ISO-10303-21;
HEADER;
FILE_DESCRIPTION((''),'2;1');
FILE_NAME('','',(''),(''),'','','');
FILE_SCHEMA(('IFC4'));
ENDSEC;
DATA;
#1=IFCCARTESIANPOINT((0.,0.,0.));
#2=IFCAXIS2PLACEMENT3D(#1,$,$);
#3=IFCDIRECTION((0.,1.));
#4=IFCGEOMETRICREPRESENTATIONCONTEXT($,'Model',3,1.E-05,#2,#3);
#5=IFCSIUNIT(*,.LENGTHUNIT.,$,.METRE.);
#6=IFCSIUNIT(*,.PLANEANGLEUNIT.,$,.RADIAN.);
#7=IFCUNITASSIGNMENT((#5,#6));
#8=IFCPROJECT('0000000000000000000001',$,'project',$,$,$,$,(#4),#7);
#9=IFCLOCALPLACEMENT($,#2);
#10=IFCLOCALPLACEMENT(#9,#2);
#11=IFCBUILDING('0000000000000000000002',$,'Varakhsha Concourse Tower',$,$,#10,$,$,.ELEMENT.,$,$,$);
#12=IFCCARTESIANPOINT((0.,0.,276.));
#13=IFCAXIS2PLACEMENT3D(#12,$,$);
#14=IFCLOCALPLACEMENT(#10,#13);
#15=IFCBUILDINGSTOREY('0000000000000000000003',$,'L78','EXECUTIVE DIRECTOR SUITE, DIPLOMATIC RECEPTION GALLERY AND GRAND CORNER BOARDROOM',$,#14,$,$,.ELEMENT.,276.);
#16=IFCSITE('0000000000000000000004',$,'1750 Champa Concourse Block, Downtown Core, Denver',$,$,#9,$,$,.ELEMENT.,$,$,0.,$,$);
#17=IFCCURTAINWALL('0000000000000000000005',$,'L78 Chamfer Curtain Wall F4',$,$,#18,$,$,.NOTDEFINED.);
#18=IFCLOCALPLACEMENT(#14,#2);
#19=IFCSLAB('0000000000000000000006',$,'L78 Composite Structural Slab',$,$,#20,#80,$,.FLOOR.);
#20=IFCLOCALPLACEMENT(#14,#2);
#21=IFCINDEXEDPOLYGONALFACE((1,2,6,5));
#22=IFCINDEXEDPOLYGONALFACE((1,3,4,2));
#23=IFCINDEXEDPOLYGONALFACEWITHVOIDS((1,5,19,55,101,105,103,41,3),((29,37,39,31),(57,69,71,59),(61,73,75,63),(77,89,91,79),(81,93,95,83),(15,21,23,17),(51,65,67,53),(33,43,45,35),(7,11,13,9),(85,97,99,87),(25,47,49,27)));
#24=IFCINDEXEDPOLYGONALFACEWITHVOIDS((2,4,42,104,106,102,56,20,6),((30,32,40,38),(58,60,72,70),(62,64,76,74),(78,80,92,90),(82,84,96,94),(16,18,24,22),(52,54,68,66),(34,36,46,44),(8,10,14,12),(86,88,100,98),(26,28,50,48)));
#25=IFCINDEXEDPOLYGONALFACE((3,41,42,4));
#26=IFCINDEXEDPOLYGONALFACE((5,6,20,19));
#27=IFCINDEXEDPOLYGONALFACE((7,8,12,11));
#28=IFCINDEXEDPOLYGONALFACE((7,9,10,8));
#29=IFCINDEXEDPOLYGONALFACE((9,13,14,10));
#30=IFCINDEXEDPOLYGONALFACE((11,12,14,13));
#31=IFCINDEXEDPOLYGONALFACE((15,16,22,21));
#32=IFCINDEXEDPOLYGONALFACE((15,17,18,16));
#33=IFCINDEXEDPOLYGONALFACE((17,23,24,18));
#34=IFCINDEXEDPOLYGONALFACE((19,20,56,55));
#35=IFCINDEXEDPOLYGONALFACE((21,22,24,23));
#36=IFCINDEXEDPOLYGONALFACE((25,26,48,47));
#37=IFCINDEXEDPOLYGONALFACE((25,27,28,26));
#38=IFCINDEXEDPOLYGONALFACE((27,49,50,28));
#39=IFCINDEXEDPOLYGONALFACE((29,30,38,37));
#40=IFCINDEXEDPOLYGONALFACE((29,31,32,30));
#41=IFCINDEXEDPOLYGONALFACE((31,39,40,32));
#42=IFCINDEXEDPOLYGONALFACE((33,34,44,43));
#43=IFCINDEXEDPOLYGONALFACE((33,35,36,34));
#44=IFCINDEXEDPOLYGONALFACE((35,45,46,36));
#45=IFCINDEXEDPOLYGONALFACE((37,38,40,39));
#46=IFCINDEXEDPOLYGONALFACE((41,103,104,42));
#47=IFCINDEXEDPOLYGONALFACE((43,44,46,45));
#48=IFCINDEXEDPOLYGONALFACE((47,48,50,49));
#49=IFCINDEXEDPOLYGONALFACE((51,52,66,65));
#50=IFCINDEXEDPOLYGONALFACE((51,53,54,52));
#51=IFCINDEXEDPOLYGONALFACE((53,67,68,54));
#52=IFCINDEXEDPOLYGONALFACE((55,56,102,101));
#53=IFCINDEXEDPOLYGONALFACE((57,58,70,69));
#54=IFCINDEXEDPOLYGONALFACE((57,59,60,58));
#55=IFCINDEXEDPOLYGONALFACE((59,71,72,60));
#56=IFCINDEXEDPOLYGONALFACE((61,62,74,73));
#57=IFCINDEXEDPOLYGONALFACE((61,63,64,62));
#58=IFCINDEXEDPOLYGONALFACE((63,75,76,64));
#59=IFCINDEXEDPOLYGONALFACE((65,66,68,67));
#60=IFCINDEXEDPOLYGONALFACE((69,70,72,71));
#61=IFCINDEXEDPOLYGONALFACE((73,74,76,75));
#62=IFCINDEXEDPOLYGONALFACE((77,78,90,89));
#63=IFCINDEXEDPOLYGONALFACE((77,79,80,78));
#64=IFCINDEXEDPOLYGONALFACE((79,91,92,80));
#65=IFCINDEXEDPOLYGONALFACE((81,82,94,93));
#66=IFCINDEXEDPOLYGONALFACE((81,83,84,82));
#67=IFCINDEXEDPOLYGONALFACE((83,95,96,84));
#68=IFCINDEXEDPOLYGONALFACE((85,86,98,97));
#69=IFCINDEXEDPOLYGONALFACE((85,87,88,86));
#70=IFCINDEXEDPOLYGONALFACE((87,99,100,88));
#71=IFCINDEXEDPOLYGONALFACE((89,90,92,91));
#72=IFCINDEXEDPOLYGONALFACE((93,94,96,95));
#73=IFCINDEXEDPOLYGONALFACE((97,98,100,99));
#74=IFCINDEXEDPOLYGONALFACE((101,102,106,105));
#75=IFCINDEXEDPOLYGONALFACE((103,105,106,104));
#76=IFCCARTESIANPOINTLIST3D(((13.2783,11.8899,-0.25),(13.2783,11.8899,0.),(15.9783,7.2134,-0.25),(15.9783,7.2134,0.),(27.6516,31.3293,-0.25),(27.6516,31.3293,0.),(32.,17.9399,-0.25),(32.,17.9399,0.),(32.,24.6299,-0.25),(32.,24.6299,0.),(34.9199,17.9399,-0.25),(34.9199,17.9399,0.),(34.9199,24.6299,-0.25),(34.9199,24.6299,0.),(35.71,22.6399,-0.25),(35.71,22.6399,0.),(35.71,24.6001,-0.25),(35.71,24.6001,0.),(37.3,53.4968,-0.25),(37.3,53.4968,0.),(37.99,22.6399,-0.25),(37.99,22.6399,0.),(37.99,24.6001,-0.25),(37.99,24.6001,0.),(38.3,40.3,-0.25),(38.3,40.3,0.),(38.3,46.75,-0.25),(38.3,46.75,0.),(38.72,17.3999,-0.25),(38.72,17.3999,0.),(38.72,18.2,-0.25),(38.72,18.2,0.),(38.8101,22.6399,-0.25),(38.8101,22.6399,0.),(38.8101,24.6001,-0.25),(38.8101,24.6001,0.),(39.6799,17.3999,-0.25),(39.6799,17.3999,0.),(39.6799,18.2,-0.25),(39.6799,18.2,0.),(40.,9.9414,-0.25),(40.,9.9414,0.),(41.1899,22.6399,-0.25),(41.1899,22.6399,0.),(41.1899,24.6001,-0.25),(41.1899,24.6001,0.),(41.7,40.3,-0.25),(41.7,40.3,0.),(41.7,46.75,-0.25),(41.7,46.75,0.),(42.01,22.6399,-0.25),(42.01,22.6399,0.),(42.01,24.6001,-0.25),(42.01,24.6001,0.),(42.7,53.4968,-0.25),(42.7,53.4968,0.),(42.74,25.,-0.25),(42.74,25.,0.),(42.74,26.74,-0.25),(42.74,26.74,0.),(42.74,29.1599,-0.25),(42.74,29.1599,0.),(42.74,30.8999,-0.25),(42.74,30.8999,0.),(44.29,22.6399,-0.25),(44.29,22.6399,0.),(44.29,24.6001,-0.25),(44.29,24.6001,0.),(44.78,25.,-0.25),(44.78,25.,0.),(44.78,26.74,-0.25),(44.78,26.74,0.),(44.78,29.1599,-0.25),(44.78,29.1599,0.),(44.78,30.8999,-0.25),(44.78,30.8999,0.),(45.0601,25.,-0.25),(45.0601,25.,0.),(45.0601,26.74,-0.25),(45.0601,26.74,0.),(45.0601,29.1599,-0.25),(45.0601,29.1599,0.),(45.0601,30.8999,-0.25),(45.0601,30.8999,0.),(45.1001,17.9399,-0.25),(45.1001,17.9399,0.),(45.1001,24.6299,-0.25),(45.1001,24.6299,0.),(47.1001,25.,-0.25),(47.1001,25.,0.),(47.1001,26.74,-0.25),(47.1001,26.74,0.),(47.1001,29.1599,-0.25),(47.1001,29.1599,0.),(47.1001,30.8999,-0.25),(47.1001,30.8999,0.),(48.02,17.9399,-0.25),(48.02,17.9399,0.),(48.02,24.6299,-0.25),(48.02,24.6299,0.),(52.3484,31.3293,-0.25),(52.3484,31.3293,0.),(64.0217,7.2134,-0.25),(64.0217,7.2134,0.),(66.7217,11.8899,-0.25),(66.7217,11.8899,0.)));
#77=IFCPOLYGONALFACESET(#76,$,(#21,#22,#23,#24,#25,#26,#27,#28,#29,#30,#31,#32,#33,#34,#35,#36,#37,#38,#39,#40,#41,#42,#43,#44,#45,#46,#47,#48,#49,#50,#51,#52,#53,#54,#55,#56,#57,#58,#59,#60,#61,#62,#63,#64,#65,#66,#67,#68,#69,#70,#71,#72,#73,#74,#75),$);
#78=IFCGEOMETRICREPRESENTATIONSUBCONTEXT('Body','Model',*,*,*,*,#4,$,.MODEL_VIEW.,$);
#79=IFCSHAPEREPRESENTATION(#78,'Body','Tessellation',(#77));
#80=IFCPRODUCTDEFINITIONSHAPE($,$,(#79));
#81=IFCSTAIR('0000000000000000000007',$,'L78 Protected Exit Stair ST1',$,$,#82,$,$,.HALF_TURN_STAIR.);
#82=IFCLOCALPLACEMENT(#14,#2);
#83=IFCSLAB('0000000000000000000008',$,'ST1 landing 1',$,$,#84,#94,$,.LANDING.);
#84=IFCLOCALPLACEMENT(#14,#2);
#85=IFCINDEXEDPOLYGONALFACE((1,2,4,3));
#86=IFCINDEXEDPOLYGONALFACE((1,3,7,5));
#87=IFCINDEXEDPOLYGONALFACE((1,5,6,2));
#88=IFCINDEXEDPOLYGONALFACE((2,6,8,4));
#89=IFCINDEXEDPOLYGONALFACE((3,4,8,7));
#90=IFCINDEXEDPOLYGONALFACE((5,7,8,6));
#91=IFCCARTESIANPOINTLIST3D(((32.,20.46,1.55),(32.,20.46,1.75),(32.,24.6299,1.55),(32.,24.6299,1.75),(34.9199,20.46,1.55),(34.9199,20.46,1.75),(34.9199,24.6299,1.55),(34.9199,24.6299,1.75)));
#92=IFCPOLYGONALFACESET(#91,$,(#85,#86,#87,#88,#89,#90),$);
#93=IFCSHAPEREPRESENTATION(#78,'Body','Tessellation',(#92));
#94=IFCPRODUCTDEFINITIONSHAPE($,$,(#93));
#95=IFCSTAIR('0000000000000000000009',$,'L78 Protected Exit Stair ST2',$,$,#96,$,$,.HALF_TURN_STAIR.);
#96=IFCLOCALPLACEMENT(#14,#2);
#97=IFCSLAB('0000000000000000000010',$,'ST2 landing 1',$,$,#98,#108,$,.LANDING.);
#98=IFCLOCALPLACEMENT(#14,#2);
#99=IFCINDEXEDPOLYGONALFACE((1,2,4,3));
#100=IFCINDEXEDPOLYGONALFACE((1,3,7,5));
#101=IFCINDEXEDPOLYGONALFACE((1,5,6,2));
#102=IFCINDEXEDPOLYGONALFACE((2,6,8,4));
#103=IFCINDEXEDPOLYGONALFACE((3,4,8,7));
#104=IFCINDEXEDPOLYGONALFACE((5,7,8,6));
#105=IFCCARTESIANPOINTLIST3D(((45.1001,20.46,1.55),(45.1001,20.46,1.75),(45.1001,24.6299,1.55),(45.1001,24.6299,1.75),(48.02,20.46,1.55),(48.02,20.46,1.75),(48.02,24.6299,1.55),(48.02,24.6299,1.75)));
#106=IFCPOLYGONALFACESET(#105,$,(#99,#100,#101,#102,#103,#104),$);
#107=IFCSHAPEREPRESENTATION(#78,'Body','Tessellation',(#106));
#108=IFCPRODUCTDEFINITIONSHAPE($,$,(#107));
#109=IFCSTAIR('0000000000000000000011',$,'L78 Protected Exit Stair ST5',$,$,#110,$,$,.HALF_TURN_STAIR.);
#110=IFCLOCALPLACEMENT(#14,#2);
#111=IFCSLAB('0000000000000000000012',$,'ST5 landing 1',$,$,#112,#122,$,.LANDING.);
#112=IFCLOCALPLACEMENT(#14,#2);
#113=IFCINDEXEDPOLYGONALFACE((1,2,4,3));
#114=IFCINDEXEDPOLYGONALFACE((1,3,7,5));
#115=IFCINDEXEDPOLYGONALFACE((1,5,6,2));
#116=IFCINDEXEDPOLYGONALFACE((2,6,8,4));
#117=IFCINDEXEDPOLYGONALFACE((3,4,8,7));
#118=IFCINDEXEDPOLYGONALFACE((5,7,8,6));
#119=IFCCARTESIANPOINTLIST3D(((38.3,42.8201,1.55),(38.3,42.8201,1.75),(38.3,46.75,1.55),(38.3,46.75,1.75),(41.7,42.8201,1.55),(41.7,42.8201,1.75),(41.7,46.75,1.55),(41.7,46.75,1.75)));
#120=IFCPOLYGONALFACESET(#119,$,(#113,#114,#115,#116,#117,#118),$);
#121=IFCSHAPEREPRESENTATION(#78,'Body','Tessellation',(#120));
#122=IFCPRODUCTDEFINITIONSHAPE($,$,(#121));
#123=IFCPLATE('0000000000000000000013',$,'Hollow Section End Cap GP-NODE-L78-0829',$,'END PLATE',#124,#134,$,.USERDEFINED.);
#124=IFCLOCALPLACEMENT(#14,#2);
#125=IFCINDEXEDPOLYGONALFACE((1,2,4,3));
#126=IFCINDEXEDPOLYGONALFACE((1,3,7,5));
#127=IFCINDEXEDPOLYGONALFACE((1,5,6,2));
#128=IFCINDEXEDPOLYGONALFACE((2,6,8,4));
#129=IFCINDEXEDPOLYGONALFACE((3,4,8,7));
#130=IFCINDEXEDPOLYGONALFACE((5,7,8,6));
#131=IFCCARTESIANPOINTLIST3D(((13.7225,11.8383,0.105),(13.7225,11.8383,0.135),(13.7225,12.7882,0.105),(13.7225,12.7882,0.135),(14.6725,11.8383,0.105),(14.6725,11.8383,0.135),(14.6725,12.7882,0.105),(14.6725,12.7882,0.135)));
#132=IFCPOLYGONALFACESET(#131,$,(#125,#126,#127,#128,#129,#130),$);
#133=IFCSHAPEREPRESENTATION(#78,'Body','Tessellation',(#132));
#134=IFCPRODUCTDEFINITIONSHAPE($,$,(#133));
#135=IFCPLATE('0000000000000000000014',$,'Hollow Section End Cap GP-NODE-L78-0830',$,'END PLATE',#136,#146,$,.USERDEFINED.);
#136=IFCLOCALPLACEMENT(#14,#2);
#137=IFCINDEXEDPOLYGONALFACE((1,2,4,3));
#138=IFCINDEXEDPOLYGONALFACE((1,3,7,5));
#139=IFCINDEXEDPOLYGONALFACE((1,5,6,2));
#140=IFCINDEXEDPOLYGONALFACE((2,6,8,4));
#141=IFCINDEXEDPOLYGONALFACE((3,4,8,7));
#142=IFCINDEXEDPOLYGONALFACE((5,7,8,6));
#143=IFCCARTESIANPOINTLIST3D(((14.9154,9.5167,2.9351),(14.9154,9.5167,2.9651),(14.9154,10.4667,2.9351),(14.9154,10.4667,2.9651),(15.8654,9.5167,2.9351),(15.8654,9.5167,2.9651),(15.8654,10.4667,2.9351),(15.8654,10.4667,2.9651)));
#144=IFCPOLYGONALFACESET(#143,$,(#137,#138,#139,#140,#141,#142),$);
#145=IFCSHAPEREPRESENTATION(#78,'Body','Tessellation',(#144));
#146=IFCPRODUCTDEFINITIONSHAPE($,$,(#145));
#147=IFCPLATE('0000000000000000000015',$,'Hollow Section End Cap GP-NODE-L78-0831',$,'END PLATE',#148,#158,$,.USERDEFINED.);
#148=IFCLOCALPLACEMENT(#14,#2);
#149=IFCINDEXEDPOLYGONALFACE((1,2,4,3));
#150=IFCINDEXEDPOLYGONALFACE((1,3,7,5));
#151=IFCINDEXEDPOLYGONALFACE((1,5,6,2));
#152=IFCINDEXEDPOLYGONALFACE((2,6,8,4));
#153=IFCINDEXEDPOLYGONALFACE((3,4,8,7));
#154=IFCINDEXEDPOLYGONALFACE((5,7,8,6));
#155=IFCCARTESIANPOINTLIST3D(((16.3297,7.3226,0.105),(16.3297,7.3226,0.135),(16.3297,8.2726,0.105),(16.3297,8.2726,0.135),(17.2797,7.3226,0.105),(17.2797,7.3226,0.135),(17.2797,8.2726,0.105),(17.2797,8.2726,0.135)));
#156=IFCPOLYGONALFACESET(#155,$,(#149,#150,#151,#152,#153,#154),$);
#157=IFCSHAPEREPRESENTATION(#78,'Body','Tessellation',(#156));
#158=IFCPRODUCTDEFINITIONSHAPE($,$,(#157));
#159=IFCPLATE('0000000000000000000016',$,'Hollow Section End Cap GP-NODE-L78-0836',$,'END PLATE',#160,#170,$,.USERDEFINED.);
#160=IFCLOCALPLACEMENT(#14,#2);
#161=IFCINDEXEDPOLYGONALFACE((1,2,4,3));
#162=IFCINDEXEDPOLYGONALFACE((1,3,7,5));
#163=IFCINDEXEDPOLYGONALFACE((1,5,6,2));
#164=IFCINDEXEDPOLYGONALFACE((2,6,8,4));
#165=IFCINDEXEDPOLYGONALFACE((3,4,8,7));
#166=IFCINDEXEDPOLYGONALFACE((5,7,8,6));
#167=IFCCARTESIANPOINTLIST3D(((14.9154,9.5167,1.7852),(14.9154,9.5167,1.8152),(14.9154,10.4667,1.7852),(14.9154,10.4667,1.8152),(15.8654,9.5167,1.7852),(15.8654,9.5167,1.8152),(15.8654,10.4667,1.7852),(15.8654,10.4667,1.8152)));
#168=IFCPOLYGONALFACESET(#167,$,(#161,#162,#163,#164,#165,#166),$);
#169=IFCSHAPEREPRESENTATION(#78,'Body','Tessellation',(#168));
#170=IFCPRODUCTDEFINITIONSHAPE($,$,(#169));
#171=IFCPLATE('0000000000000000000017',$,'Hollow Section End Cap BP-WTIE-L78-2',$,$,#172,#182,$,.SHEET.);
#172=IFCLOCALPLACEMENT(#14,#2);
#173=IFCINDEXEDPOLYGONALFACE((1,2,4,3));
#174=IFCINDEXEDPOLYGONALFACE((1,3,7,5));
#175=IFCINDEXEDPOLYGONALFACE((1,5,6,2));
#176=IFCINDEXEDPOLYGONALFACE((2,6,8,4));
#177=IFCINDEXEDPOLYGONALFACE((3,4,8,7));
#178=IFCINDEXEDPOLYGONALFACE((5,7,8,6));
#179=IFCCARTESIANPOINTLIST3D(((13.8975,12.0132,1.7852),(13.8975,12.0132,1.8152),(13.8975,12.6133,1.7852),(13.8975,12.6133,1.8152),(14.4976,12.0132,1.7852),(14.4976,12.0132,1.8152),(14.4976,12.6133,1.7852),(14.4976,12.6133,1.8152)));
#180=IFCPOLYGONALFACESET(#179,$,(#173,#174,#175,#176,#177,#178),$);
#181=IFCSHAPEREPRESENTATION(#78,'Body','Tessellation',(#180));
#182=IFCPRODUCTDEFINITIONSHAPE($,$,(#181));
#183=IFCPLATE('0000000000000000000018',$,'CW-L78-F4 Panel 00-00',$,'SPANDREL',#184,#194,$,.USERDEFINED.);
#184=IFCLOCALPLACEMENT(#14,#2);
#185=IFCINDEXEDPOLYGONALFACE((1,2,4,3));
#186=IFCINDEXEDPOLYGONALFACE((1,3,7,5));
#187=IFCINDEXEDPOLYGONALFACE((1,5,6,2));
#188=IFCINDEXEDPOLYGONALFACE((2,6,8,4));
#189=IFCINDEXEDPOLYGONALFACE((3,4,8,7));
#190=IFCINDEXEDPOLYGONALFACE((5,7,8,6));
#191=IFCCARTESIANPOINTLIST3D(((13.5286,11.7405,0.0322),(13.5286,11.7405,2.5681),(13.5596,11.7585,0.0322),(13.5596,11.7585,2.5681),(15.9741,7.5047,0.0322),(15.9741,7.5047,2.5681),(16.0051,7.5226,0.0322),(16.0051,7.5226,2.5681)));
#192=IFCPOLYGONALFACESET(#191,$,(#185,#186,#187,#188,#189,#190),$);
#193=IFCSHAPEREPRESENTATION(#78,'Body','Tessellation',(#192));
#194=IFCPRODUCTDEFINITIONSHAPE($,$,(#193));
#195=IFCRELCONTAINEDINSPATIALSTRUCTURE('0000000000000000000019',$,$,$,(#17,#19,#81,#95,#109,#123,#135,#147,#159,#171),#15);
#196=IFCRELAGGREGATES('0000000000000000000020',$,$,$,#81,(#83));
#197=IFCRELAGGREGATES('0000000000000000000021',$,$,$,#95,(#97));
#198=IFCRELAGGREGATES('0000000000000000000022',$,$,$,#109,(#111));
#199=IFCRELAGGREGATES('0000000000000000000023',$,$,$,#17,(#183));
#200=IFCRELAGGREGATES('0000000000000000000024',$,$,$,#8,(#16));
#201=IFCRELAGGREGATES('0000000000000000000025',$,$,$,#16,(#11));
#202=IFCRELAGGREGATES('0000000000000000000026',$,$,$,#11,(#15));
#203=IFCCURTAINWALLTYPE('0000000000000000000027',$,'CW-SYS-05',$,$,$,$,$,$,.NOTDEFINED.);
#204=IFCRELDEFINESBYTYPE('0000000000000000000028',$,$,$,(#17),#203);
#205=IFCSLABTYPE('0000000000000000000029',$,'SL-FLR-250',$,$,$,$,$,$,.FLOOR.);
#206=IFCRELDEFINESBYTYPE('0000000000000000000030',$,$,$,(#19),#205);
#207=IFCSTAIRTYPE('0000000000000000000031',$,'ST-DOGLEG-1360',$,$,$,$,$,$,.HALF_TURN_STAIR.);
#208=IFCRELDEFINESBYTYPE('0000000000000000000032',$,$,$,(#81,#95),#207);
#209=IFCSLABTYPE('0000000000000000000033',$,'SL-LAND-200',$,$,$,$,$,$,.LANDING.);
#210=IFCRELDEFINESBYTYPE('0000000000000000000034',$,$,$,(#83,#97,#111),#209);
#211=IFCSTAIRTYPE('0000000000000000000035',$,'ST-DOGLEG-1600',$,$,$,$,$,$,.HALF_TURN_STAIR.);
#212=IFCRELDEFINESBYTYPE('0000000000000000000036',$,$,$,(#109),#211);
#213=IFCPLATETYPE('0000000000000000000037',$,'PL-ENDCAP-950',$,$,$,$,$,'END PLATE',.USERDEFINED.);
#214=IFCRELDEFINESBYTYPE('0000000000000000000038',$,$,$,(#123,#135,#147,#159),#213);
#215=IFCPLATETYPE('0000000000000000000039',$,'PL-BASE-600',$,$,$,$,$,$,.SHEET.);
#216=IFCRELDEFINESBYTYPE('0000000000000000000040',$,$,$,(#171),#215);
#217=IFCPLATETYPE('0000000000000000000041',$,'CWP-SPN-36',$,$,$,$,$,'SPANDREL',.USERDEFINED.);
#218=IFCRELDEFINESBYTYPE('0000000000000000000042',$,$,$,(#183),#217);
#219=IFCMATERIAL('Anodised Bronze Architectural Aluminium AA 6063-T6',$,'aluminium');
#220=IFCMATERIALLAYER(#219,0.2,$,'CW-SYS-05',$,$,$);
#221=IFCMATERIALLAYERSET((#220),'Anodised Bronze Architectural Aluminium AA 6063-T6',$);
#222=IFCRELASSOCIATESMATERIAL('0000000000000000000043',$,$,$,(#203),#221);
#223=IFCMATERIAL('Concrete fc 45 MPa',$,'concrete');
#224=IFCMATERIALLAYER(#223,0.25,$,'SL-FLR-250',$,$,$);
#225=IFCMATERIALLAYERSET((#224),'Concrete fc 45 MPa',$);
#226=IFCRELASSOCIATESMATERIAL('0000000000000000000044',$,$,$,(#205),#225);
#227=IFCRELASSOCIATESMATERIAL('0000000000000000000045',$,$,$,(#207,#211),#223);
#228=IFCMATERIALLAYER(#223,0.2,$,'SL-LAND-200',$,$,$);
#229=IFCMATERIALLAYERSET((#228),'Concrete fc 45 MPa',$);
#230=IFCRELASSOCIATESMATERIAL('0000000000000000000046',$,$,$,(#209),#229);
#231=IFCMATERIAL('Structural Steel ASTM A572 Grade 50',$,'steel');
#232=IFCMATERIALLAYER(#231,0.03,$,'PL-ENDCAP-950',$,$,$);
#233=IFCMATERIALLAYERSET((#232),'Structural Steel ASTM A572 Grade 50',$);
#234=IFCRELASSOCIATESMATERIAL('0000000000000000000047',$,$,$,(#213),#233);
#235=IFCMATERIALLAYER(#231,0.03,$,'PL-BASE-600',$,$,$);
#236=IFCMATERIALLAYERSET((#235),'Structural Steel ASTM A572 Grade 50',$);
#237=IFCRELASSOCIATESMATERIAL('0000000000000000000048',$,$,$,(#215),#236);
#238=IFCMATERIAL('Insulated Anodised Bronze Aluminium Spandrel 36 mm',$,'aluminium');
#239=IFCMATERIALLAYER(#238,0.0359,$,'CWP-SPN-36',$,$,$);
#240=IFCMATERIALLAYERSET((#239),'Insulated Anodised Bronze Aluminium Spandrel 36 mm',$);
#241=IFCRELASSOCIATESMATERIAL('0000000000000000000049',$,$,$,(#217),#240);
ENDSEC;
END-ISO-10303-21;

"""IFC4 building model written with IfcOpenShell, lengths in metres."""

from ifc_helpers import new_model, si_unit, direction, frame, origin, origin_2d, place, context, subcontext, project, spatial, polyline, rectangle, outline, extrude, source, transform, mapped, material, layer, layer_set, type_object, type_shapes, element, aggregate, save


model = new_model("IFC4")

# Units and contexts
model_context = context("Model", 3, precision=1e-05, world=origin(), true_north=direction((0.0, 1.0)))
body_context = subcontext(model_context, "Body", "Model", "MODEL_VIEW")
ifc_project = project(units=[si_unit("LENGTHUNIT", "METRE"), si_unit("PLANEANGLEUNIT", "RADIAN")], contexts=[model_context])

# Site, building, storey
site_placement = place(None, origin())
site = spatial("IfcSite", under=ifc_project, at=site_placement, Name="1750 Champa Concourse Block, Downtown Core, Denver", CompositionType="ELEMENT", RefElevation=0.0)
building_placement = place(site_placement, origin())
building = spatial("IfcBuilding", under=site, at=building_placement, Name="Varakhsha Concourse Tower", CompositionType="ELEMENT")
storey_placement = place(building_placement, frame((0.0, 0.0, 276.0)))
storey = spatial("IfcBuildingStorey", under=building, at=storey_placement, Name="L78", Description="EXECUTIVE DIRECTOR SUITE, DIPLOMATIC RECEPTION GALLERY AND GRAND CORNER BOARDROOM", CompositionType="ELEMENT", Elevation=276.0)

# Shared definitions
ifc_material_1 = material(Name="Structural Steel ASTM A572 Grade 50", Category="steel")

# Shared definitions
ifc_material_2 = material(Name="Anodised Bronze Architectural Aluminium AA 6063-T6", Category="aluminium")
ifc_layer_1 = layer(ifc_material_2, 0.2, Name="CW-SYS-05")
ifc_layer_set_1 = layer_set([ifc_layer_1], Name="Anodised Bronze Architectural Aluminium AA 6063-T6")
curtain_wall_type = type_object("IfcCurtainWallType", Name="CW-SYS-05", PredefinedType="NOTDEFINED", material=ifc_layer_set_1)

# Curtain wall
curtain_wall_1_placement = place(storey_placement, origin())
curtain_wall_1 = element("IfcCurtainWall", 1, at=curtain_wall_1_placement, inside=storey, type_object=curtain_wall_type, Name="L78 Chamfer Curtain Wall F4", PredefinedType="NOTDEFINED")

# Slab
ifc_material_3 = material(Name="Concrete fc 45 MPa", Category="concrete")
ifc_layer_2 = layer(ifc_material_3, 0.25, Name="SL-FLR-250")
ifc_layer_set_2 = layer_set([ifc_layer_2], Name="Concrete fc 45 MPa")
slab_type_1 = type_object("IfcSlabType", Name="SL-FLR-250", PredefinedType="FLOOR", material=ifc_layer_set_2)
slab_1_placement = place(storey_placement, frame((0.0, 0.0, -0.25)))
element("IfcSlab", 2, at=slab_1_placement, inside=storey, type_object=slab_type_1, Name="L78 Composite Structural Slab", PredefinedType="FLOOR", context=body_context, shape_type="SweptSolid", body=[
    extrude(outline(polyline([(42.7, 53.4968), (37.3, 53.4968), (27.6516, 31.3293), (13.2783, 11.8899), (15.9783, 7.2134), (40.0, 9.9414), (64.0217, 7.2134), (66.7217, 11.8899), (52.3484, 31.3293), (42.7, 53.4968)]), holes=[polyline([(34.9199, 17.9399), (34.9199, 24.6299), (32.0, 24.6299), (32.0, 17.9399), (34.9199, 17.9399)]), polyline([(48.02, 17.9399), (48.02, 24.6299), (45.1001, 24.6299), (45.1001, 17.9399), (48.02, 17.9399)]), polyline([(41.7, 40.3), (41.7, 46.75), (38.3, 46.75), (38.3, 40.3), (41.7, 40.3)]), polyline([(42.74, 29.1599), (44.78, 29.1599), (44.78, 30.8999), (42.74, 30.8999), (42.74, 29.1599)]), polyline([(45.0601, 29.1599), (47.1001, 29.1599), (47.1001, 30.8999), (45.0601, 30.8999), (45.0601, 29.1599)]), polyline([(42.74, 25.0), (44.78, 25.0), (44.78, 26.74), (42.74, 26.74), (42.74, 25.0)]), polyline([(45.0601, 25.0), (47.1001, 25.0), (47.1001, 26.74), (45.0601, 26.74), (45.0601, 25.0)]), polyline([(35.71, 22.6399), (37.99, 22.6399), (37.99, 24.6001), (35.71, 24.6001), (35.71, 22.6399)]), polyline([(42.01, 22.6399), (44.29, 22.6399), (44.29, 24.6001), (42.01, 24.6001), (42.01, 22.6399)]), polyline([(38.8101, 22.6399), (41.1899, 22.6399), (41.1899, 24.6001), (38.8101, 24.6001), (38.8101, 22.6399)]), polyline([(38.72, 17.3999), (39.6799, 17.3999), (39.6799, 18.2), (38.72, 18.2), (38.72, 17.3999)])]), origin(), (0.0, 0.0, 1.0), 0.25),
])

# Stairs, slabs
stair_type_1 = type_object("IfcStairType", Name="ST-DOGLEG-1360", PredefinedType="HALF_TURN_STAIR", material=ifc_material_3)
stair_1_placement = place(storey_placement, origin())
stair_1 = element("IfcStair", 3, at=stair_1_placement, inside=storey, type_object=stair_type_1, Name="L78 Protected Exit Stair ST1", PredefinedType="HALF_TURN_STAIR")
ifc_layer_3 = layer(ifc_material_3, 0.2, Name="SL-LAND-200")
ifc_layer_set_3 = layer_set([ifc_layer_3], Name="Concrete fc 45 MPa")
slab_type_2 = type_object("IfcSlabType", Name="SL-LAND-200", PredefinedType="LANDING", material=ifc_layer_set_3)
slab_2_placement = place(storey_placement, frame((0.0, 0.0, 1.55)))
slab_2 = element("IfcSlab", 4, at=slab_2_placement, type_object=slab_type_2, Name="ST1 landing 1", PredefinedType="LANDING", context=body_context, shape_type="SweptSolid", body=[
    extrude(outline(polyline([(34.9199, 20.46), (34.9199, 24.6299), (32.0, 24.6299), (32.0, 20.46), (34.9199, 20.46)])), origin(), (0.0, 0.0, 1.0), 0.2),
])
aggregate(stair_1, [slab_2])
stair_2_placement = place(storey_placement, origin())
stair_2 = element("IfcStair", 5, at=stair_2_placement, inside=storey, type_object=stair_type_1, Name="L78 Protected Exit Stair ST2", PredefinedType="HALF_TURN_STAIR")
slab_3_placement = place(storey_placement, frame((0.0, 0.0, 1.55)))
slab_3 = element("IfcSlab", 6, at=slab_3_placement, type_object=slab_type_2, Name="ST2 landing 1", PredefinedType="LANDING", context=body_context, shape_type="SweptSolid", body=[
    extrude(outline(polyline([(48.02, 20.46), (48.02, 24.6299), (45.1001, 24.6299), (45.1001, 20.46), (48.02, 20.46)])), origin(), (0.0, 0.0, 1.0), 0.2),
])
aggregate(stair_2, [slab_3])
stair_type_2 = type_object("IfcStairType", Name="ST-DOGLEG-1600", PredefinedType="HALF_TURN_STAIR", material=ifc_material_3)
stair_3_placement = place(storey_placement, origin())
stair_3 = element("IfcStair", 7, at=stair_3_placement, inside=storey, type_object=stair_type_2, Name="L78 Protected Exit Stair ST5", PredefinedType="HALF_TURN_STAIR")
slab_4_placement = place(storey_placement, frame((0.0, 0.0, 1.55)))
slab_4 = element("IfcSlab", 8, at=slab_4_placement, type_object=slab_type_2, Name="ST5 landing 1", PredefinedType="LANDING", context=body_context, shape_type="SweptSolid", body=[
    extrude(outline(polyline([(41.7, 42.8201), (41.7, 46.75), (38.3, 46.75), (38.3, 42.8201), (41.7, 42.8201)])), origin(), (0.0, 0.0, 1.0), 0.2),
])
aggregate(stair_3, [slab_4])

# Plates
ifc_layer_4 = layer(ifc_material_1, 0.03, Name="PL-ENDCAP-950")
ifc_layer_set_4 = layer_set([ifc_layer_4], Name="Structural Steel ASTM A572 Grade 50")
plate_type_1 = type_object("IfcPlateType", Name="PL-ENDCAP-950", ElementType="END PLATE", PredefinedType="USERDEFINED", material=ifc_layer_set_4)
shared_shape_1 = source(origin(), body_context, "Body", "SweptSolid", [
    extrude(rectangle(XDim=0.95, YDim=0.95, at=origin_2d()), origin(), (0.0, 0.0, 1.0), 0.03),
])
type_shapes(plate_type_1, [shared_shape_1])
for number, where, z_axis, x_axis, name in (
    (9, (14.1975, 12.3132, 0.105), (0.0, 0.0, 1.0), (1.0, 0.0, 0.0), "Hollow Section End Cap GP-NODE-L78-0829"),
    (10, (15.3904, 9.9917, 2.9351), (0.0, 0.0, 1.0), (1.0, 0.0, 0.0), "Hollow Section End Cap GP-NODE-L78-0830"),
    (11, (16.8047, 7.7976, 0.105), (0.0, 0.0, 1.0), (1.0, 0.0, 0.0), "Hollow Section End Cap GP-NODE-L78-0831"),
    (12, (15.3904, 9.9917, 1.7852), (0.0, 0.0, 1.0), (1.0, 0.0, 0.0), "Hollow Section End Cap GP-NODE-L78-0836"),
):
    element("IfcPlate", number, at=place(storey_placement, frame(where, z_axis=z_axis, x_axis=x_axis)), inside=storey, type_object=plate_type_1, Name=name, ObjectType="END PLATE", PredefinedType="USERDEFINED", context=body_context, shape_type="MappedRepresentation", body=[
        mapped(shared_shape_1, transform((0.0, 0.0, 0.0), scale=1.0)),
    ])
ifc_layer_5 = layer(ifc_material_1, 0.03, Name="PL-BASE-600")
ifc_layer_set_5 = layer_set([ifc_layer_5], Name="Structural Steel ASTM A572 Grade 50")
plate_type_2 = type_object("IfcPlateType", Name="PL-BASE-600", PredefinedType="SHEET", material=ifc_layer_set_5)
shared_shape_2 = source(origin(), body_context, "Body", "SweptSolid", [
    extrude(rectangle(XDim=0.6001, YDim=0.6001, at=origin_2d()), origin(), (0.0, 0.0, 1.0), 0.03),
])
type_shapes(plate_type_2, [shared_shape_2])
plate_1_placement = place(storey_placement, frame((14.1975, 12.3132, 1.7852), z_axis=(0.0, 0.0, 1.0), x_axis=(1.0, 0.0, 0.0)))
element("IfcPlate", 13, at=plate_1_placement, inside=storey, type_object=plate_type_2, Name="Hollow Section End Cap BP-WTIE-L78-2", PredefinedType="SHEET", context=body_context, shape_type="MappedRepresentation", body=[
    mapped(shared_shape_2, transform((0.0, 0.0, 0.0), scale=1.0)),
])

# Plate
ifc_material_4 = material(Name="Insulated Anodised Bronze Aluminium Spandrel 36 mm", Category="aluminium")
ifc_layer_6 = layer(ifc_material_4, 0.0359, Name="CWP-SPN-36")
ifc_layer_set_6 = layer_set([ifc_layer_6], Name="Insulated Anodised Bronze Aluminium Spandrel 36 mm")
plate_type_3 = type_object("IfcPlateType", Name="CWP-SPN-36", ElementType="SPANDREL", PredefinedType="USERDEFINED", material=ifc_layer_set_6)
shared_shape_3 = source(origin(), body_context, "Body", "SweptSolid", [
    extrude(rectangle(XDim=4.8911, YDim=0.0359, at=origin_2d()), origin(), (0.0, 0.0, 1.0), 2.5359),
])
plate_2_placement = place(storey_placement, frame((14.7668, 9.6316, 0.0322), z_axis=(0.0, 0.0, 1.0), x_axis=(-0.499989, 0.866032, 0.0)))
plate_2 = element("IfcPlate", 14, at=plate_2_placement, type_object=plate_type_3, Name="CW-L78-F4 Panel 00-00", ObjectType="SPANDREL", PredefinedType="USERDEFINED", context=body_context, shape_type="MappedRepresentation", body=[
    mapped(shared_shape_3, transform((0.0, 0.0, 0.0), scale=1.0)),
])
aggregate(curtain_wall_1, [plate_2])

save(model, "model.ifc")
